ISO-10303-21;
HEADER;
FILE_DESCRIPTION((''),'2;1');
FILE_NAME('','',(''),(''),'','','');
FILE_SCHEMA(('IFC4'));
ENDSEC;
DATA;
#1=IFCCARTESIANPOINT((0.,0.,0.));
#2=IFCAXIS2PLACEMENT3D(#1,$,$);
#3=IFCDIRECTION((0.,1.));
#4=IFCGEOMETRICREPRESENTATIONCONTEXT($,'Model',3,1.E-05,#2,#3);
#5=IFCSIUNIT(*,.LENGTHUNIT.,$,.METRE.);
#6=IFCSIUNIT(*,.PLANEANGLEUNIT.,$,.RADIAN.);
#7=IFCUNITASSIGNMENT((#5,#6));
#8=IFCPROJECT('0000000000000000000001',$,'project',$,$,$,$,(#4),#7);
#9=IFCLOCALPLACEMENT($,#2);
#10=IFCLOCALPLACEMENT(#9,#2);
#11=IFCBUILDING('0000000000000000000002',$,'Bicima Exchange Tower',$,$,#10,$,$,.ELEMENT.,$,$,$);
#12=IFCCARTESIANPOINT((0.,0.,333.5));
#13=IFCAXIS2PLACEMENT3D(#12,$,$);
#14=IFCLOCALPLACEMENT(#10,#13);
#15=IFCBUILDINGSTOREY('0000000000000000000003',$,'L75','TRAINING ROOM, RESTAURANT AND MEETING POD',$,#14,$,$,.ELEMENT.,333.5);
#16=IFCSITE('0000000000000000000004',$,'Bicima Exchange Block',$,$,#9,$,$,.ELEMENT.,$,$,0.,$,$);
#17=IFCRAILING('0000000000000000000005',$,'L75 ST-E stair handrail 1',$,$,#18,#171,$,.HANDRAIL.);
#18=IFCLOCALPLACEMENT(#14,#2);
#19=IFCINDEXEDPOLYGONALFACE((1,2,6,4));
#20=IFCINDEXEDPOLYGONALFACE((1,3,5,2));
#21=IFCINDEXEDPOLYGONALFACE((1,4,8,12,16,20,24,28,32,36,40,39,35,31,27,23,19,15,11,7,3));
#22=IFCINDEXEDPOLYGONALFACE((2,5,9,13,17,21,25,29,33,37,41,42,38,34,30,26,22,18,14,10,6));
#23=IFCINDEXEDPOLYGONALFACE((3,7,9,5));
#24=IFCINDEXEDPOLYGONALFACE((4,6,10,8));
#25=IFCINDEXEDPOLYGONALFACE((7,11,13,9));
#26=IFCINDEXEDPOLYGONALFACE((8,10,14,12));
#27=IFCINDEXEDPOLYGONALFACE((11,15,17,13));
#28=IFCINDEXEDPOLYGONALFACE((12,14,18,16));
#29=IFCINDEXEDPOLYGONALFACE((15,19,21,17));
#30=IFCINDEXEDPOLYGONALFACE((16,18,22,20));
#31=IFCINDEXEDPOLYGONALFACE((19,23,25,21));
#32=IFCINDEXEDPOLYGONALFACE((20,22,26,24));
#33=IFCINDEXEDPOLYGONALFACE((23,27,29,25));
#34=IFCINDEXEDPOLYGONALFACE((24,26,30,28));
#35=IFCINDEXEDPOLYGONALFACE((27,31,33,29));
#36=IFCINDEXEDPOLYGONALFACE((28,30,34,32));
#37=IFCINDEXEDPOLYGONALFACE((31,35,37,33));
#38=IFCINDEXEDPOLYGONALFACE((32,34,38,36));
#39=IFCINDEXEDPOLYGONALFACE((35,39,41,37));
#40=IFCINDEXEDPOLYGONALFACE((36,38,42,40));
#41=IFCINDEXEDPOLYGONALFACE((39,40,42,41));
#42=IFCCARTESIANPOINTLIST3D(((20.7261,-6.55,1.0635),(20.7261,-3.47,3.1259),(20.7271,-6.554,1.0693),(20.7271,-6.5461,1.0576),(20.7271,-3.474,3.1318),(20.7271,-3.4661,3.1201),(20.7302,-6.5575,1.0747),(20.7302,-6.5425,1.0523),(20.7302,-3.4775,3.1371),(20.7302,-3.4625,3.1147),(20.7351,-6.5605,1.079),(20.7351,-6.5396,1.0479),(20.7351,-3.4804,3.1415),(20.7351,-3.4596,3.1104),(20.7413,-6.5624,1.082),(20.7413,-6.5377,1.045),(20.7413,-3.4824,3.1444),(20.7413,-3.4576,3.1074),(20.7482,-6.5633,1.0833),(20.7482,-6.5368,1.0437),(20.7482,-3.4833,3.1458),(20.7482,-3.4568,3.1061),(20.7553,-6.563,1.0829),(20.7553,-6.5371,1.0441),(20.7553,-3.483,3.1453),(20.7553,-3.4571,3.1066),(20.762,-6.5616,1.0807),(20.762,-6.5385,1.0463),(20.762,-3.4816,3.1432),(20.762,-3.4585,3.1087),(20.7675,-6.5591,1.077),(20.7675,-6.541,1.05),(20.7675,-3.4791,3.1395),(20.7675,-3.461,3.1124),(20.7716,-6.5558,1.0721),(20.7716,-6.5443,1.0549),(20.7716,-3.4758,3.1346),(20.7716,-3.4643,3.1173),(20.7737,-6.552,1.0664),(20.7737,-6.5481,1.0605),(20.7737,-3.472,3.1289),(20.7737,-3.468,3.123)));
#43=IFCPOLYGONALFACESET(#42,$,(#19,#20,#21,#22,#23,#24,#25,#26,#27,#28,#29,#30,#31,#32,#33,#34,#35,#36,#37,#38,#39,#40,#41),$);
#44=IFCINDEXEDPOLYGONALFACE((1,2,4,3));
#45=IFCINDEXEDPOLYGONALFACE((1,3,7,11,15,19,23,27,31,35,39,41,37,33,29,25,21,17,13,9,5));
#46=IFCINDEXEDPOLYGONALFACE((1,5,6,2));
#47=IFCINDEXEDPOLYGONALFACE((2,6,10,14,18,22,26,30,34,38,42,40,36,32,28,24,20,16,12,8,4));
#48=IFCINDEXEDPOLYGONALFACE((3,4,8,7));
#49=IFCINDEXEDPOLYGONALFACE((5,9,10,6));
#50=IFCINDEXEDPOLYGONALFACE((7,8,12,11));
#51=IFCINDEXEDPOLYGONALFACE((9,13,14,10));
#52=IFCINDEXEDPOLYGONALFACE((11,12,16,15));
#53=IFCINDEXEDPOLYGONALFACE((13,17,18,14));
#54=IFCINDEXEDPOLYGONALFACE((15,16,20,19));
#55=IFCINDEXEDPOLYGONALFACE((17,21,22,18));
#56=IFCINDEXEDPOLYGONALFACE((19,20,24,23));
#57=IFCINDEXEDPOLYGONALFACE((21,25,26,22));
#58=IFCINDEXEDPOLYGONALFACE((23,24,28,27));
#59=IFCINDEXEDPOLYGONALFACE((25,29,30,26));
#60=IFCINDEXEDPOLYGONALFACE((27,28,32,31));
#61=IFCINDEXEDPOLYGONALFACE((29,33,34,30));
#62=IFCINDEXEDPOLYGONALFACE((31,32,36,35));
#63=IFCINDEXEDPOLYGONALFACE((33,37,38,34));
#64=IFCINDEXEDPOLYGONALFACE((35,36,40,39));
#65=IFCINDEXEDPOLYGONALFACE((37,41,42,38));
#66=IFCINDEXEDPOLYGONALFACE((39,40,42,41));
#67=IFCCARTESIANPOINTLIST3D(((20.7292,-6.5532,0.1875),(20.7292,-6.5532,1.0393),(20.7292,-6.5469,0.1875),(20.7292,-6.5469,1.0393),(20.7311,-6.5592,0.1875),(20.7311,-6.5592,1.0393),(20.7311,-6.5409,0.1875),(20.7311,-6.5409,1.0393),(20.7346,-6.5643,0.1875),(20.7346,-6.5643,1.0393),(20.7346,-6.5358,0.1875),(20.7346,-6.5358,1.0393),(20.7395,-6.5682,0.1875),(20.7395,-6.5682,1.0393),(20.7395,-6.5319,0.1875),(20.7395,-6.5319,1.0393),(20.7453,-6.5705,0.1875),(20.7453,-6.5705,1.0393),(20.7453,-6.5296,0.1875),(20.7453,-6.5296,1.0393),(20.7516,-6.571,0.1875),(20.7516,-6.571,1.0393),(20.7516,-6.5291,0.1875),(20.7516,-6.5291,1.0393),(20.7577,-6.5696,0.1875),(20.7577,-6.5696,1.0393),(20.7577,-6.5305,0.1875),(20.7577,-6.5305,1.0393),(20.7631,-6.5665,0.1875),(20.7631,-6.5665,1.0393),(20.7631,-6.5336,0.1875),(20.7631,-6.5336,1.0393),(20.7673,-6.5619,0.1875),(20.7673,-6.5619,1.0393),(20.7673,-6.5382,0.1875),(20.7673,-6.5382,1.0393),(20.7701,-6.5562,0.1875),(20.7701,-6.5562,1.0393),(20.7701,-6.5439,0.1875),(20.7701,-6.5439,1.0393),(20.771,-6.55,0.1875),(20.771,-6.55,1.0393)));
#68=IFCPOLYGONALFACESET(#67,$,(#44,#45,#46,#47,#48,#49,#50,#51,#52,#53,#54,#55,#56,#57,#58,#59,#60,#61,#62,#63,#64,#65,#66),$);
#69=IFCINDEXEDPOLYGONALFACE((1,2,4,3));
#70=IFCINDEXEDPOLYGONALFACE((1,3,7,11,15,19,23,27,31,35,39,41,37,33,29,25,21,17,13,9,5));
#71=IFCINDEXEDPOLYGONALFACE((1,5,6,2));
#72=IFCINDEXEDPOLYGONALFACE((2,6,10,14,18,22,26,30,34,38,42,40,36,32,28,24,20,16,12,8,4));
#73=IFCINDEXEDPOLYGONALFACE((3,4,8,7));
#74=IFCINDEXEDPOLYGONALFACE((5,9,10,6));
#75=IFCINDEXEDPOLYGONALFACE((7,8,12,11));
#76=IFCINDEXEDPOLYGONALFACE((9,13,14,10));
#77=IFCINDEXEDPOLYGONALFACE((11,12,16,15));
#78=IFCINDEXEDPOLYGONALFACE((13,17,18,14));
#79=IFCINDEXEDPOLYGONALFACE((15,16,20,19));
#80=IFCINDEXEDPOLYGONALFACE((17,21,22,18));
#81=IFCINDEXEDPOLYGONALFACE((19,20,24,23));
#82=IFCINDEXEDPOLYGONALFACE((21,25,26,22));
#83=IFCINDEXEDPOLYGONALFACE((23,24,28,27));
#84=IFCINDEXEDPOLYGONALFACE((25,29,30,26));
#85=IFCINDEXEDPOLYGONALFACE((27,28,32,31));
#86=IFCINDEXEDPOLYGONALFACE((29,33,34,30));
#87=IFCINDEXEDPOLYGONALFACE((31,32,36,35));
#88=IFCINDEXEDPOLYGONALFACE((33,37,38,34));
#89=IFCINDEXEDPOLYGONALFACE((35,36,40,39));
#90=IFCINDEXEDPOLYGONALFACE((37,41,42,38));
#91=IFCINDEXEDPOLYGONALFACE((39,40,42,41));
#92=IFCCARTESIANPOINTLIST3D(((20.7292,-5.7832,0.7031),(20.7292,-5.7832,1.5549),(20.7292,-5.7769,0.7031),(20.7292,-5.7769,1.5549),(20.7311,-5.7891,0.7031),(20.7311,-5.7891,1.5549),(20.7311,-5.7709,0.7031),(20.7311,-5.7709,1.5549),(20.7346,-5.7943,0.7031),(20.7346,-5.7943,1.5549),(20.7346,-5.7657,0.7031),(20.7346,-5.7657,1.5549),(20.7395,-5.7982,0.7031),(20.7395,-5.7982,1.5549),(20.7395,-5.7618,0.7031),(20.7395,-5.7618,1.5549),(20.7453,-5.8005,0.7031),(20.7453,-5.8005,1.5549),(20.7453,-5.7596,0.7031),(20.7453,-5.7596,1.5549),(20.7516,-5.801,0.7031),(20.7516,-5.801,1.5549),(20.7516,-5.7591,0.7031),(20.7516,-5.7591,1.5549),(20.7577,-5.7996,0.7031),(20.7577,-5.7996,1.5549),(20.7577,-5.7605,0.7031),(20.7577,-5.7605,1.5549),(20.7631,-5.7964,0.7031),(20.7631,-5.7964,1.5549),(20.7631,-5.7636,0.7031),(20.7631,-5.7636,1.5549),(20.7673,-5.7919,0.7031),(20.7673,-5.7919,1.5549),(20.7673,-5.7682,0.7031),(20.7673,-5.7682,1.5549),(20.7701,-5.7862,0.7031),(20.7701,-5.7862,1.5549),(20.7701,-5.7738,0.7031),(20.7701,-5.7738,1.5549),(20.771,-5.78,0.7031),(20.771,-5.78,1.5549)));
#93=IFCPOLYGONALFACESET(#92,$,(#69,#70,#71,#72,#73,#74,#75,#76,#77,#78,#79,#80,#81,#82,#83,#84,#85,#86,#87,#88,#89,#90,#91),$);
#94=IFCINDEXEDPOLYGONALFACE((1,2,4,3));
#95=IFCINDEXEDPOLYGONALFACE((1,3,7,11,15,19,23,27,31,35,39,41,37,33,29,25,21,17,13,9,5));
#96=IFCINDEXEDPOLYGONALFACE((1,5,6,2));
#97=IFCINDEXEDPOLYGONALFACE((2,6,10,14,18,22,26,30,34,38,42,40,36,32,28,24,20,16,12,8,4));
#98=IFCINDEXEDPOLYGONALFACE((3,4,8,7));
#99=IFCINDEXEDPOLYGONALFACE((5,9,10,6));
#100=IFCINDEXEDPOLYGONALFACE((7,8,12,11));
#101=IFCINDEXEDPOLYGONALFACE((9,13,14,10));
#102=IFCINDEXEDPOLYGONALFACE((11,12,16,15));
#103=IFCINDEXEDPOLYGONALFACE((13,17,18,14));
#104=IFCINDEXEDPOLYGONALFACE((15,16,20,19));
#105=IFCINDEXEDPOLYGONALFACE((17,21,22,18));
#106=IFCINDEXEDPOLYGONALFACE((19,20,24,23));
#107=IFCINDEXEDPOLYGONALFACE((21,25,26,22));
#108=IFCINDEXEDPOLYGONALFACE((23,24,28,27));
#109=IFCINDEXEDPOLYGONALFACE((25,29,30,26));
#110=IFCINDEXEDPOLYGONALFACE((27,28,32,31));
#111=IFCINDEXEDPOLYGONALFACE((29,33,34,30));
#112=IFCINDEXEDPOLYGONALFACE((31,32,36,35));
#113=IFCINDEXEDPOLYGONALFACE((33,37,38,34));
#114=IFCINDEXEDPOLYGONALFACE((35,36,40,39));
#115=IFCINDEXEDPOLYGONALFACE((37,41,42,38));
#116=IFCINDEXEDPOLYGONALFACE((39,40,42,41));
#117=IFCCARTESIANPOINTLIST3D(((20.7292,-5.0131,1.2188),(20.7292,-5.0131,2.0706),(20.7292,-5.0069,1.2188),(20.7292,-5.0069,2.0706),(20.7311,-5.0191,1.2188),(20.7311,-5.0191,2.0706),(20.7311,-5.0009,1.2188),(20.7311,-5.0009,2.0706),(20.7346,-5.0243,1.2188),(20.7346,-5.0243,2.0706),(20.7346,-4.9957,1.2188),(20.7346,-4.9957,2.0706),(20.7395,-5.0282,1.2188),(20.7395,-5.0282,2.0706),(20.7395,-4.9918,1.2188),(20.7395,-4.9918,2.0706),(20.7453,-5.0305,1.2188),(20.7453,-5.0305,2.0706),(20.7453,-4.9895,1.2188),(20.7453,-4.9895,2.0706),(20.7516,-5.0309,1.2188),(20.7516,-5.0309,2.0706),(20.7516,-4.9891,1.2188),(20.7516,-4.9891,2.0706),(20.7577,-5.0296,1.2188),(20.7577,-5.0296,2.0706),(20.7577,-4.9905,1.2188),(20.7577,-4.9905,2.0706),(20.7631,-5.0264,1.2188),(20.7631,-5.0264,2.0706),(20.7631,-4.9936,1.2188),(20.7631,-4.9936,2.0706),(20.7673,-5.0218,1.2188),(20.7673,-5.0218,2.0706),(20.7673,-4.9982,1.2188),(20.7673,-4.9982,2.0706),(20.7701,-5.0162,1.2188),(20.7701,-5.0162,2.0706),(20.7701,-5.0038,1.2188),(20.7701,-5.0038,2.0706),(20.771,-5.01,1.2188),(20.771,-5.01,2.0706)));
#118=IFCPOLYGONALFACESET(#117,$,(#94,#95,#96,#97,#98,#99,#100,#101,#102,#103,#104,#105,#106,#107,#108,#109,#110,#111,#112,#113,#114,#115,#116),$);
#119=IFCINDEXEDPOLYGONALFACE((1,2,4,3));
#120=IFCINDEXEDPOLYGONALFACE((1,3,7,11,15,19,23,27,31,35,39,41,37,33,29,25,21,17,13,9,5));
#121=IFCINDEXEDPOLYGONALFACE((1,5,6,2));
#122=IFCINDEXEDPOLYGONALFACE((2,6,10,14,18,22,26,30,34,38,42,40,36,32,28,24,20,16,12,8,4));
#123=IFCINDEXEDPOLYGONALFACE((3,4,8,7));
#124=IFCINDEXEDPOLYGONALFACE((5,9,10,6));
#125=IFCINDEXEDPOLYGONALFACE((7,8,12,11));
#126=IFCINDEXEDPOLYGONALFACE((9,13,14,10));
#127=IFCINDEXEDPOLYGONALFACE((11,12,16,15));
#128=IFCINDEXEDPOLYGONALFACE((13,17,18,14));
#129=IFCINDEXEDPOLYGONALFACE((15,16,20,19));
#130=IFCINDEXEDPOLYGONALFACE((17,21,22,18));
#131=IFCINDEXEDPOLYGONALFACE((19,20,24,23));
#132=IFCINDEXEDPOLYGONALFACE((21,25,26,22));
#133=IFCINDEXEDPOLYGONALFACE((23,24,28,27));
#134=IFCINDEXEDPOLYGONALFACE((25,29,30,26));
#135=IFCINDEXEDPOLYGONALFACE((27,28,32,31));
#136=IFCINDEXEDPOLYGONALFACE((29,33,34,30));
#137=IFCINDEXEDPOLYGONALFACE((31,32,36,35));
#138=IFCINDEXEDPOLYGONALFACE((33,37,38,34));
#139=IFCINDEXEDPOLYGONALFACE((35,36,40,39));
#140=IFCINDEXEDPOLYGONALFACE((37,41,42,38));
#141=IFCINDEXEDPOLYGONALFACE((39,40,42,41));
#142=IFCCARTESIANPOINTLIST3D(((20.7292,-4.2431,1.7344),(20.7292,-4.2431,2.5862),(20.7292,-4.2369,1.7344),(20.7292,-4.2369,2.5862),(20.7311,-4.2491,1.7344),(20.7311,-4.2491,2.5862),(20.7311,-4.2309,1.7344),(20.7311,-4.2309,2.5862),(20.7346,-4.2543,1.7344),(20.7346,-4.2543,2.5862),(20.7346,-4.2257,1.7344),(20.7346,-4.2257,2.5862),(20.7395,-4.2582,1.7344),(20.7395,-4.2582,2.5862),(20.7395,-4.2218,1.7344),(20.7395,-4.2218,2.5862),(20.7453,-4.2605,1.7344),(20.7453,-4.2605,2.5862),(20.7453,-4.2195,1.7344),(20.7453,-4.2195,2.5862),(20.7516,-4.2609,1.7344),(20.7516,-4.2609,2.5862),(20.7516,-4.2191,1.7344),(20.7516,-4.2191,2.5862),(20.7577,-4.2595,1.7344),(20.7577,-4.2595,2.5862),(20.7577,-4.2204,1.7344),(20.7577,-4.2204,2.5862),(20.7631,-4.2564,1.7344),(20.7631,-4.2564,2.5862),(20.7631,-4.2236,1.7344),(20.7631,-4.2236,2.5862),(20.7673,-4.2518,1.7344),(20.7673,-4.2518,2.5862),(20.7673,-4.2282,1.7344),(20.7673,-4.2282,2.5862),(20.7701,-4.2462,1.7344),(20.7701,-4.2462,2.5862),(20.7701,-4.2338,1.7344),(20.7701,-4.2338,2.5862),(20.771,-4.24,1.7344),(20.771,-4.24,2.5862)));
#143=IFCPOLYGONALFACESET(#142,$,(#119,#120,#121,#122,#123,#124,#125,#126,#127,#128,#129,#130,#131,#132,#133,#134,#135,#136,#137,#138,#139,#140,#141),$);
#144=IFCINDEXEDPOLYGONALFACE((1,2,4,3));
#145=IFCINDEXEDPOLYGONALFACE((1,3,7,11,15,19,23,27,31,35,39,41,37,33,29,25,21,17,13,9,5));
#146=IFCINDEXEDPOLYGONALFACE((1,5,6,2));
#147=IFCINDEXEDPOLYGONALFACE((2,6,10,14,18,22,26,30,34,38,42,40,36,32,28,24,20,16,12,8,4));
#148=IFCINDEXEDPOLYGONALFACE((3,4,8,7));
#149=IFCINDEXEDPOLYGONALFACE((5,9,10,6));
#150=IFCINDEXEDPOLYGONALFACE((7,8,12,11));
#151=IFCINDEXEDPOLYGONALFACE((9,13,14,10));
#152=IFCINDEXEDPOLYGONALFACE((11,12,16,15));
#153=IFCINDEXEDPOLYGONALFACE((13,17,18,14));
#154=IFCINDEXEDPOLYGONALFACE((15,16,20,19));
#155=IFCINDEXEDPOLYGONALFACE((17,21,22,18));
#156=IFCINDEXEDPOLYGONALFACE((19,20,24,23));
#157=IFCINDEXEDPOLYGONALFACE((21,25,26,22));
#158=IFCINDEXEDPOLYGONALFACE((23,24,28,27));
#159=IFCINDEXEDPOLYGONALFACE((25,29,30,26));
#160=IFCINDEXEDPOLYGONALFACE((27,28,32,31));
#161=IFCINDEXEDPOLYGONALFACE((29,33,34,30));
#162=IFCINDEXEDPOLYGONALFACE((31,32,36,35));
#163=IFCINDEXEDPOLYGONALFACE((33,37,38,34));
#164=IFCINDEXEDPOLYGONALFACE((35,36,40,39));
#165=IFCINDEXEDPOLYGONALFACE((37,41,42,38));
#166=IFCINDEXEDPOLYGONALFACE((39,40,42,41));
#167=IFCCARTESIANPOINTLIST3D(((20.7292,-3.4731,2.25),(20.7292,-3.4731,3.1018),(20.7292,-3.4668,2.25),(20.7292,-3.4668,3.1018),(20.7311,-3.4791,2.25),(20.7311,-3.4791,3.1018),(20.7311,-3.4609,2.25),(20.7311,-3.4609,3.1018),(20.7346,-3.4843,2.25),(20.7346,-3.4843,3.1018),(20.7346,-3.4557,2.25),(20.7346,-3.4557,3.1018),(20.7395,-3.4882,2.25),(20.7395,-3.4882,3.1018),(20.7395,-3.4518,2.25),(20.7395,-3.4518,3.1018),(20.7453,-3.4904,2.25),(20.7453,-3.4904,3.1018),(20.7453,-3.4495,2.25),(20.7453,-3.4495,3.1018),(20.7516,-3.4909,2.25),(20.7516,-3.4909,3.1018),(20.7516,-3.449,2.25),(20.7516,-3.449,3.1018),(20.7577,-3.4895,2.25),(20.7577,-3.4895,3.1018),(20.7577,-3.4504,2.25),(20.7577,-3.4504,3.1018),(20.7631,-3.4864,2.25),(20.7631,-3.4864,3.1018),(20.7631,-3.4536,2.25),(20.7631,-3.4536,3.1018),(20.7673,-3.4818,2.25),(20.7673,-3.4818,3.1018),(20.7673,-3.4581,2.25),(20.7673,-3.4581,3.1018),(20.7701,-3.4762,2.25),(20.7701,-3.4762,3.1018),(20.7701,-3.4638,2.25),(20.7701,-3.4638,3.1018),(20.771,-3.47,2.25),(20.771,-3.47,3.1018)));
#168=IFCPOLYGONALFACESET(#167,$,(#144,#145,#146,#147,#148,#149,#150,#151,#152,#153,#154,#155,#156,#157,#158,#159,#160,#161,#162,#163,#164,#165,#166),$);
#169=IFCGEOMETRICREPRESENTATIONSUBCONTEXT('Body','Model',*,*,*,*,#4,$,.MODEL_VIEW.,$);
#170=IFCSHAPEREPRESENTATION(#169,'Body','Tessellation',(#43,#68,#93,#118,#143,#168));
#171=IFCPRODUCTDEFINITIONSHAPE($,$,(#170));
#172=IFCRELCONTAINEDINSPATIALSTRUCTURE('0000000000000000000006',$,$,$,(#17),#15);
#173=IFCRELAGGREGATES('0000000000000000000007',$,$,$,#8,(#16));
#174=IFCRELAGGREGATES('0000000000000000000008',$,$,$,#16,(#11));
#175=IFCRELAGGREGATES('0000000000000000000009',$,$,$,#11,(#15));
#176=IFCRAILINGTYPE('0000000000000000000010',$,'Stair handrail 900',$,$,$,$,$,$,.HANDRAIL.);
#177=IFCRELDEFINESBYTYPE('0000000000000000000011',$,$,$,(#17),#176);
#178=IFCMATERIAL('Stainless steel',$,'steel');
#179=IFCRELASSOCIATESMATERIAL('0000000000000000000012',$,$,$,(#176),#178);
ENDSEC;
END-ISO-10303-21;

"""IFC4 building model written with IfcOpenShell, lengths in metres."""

from ifc_helpers import new_model, si_unit, direction, frame, origin, origin_2d, place, context, subcontext, project, spatial, circle, extrude, material, type_object, element, save


model = new_model("IFC4")

# Units and contexts
model_context = context("Model", 3, precision=1e-05, world=origin(), true_north=direction((0.0, 1.0)))
body_context = subcontext(model_context, "Body", "Model", "MODEL_VIEW")
ifc_project = project(units=[si_unit("LENGTHUNIT", "METRE"), si_unit("PLANEANGLEUNIT", "RADIAN")], contexts=[model_context])

# Site, building, storey
site_placement = place(None, origin())
site = spatial("IfcSite", under=ifc_project, at=site_placement, Name="Bicima Exchange Block", CompositionType="ELEMENT", RefElevation=0.0)
building_placement = place(site_placement, origin())
building = spatial("IfcBuilding", under=site, at=building_placement, Name="Bicima Exchange Tower", CompositionType="ELEMENT")
storey_placement = place(building_placement, frame((0.0, 0.0, 333.5)))
storey = spatial("IfcBuildingStorey", under=building, at=storey_placement, Name="L75", Description="TRAINING ROOM, RESTAURANT AND MEETING POD", CompositionType="ELEMENT", Elevation=333.5)

# Railing
ifc_material_1 = material(Name="Stainless steel", Category="steel")
railing_type_1 = type_object("IfcRailingType", Name="Stair handrail 900", PredefinedType="HANDRAIL", material=ifc_material_1)
railing_1_placement = place(storey_placement, frame((20.75, -6.55, 0.1875)))
element("IfcRailing", 1, at=railing_1_placement, inside=storey, type_object=railing_type_1, Name="L75 ST-E stair handrail 1", PredefinedType="HANDRAIL", context=body_context, shape_type="SweptSolid", body=[
    extrude(circle(Radius=0.0239, at=origin_2d()), frame((0.0, 0.0, 0.876), z_axis=(0.0, 0.830914, 0.556401), x_axis=(-1.0, 0.0, 0.0)), (0.0, 0.0, 1.0), 3.7068),
    extrude(circle(Radius=0.021, at=origin_2d()), origin(), (0.0, 0.0, 1.0), 0.8518),
    extrude(circle(Radius=0.021, at=origin_2d()), frame((0.0, 0.77, 0.5156)), (0.0, 0.0, 1.0), 0.8518),
    extrude(circle(Radius=0.021, at=origin_2d()), frame((0.0, 1.54, 1.0312)), (0.0, 0.0, 1.0), 0.8518),
    extrude(circle(Radius=0.021, at=origin_2d()), frame((0.0, 2.3101, 1.5469)), (0.0, 0.0, 1.0), 0.8518),
    extrude(circle(Radius=0.021, at=origin_2d()), frame((0.0, 3.0801, 2.0625)), (0.0, 0.0, 1.0), 0.8518),
])

save(model, "model.ifc")
